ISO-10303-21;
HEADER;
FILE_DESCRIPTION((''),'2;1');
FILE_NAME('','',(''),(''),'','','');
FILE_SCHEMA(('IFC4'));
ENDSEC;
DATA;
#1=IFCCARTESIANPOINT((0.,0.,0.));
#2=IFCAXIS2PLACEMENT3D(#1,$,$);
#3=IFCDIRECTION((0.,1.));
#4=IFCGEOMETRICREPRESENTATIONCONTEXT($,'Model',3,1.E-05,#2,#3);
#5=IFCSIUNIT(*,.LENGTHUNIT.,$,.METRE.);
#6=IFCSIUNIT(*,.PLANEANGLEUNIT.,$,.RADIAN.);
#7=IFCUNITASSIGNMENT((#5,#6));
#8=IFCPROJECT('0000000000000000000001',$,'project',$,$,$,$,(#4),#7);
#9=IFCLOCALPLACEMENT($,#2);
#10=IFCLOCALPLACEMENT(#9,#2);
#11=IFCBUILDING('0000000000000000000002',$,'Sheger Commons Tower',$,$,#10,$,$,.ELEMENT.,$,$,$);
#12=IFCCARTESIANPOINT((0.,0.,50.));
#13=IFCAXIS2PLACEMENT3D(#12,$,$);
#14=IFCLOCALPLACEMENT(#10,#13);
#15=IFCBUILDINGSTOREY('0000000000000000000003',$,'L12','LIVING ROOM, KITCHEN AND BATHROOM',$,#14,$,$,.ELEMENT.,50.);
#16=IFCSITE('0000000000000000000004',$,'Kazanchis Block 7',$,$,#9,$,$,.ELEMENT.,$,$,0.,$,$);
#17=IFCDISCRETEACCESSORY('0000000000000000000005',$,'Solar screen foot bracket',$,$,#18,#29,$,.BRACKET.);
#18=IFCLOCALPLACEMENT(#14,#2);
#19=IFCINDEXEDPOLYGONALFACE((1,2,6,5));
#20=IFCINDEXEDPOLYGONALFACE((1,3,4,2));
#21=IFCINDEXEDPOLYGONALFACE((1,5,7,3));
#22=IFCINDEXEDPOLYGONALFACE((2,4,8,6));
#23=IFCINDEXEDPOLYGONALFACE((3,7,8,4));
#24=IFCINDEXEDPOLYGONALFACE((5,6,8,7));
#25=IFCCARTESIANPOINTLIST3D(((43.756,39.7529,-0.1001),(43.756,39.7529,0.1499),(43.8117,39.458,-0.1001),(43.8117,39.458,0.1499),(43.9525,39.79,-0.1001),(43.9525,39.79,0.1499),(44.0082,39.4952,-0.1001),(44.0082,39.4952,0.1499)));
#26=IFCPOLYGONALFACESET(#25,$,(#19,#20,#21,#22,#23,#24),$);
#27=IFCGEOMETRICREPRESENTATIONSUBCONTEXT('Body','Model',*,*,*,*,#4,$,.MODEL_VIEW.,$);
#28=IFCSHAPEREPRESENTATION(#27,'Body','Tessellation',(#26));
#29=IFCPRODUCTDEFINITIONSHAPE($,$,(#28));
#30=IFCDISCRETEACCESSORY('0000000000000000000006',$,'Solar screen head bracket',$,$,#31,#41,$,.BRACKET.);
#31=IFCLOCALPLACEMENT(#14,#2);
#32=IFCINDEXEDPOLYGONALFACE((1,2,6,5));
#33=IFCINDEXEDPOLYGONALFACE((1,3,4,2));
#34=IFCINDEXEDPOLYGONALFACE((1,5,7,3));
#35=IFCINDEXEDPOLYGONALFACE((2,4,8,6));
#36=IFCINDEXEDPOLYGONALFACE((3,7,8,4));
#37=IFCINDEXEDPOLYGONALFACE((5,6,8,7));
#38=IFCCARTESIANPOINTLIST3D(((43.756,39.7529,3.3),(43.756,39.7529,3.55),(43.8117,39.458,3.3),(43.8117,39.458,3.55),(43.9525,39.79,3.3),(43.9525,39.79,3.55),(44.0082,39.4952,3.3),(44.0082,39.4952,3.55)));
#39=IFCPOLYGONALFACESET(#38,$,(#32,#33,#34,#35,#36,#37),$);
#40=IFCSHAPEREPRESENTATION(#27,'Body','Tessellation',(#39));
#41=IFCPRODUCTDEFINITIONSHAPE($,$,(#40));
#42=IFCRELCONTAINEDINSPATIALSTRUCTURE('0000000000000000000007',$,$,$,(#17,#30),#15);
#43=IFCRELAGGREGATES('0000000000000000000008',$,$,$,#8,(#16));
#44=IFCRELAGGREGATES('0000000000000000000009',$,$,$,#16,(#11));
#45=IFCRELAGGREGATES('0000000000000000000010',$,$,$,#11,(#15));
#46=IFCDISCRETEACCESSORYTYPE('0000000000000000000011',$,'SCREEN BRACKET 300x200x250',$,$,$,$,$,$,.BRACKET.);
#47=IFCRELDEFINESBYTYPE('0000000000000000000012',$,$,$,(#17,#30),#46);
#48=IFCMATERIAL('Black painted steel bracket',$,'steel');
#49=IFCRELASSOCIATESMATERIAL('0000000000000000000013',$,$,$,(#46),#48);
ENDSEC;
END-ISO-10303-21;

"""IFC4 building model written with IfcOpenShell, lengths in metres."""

from ifc_helpers import new_model, si_unit, direction, frame, origin, origin_2d, place, context, subcontext, project, spatial, rectangle, extrude, material, type_object, element, save


model = new_model("IFC4")

# Units and contexts
model_context = context("Model", 3, precision=1e-05, world=origin(), true_north=direction((0.0, 1.0)))
body_context = subcontext(model_context, "Body", "Model", "MODEL_VIEW")
ifc_project = project(units=[si_unit("LENGTHUNIT", "METRE"), si_unit("PLANEANGLEUNIT", "RADIAN")], contexts=[model_context])

# Site, building, storey
site_placement = place(None, origin())
site = spatial("IfcSite", under=ifc_project, at=site_placement, Name="Kazanchis Block 7", CompositionType="ELEMENT", RefElevation=0.0)
building_placement = place(site_placement, origin())
building = spatial("IfcBuilding", under=site, at=building_placement, Name="Sheger Commons Tower", CompositionType="ELEMENT")
storey_placement = place(building_placement, frame((0.0, 0.0, 50.0)))
storey = spatial("IfcBuildingStorey", under=building, at=storey_placement, Name="L12", Description="LIVING ROOM, KITCHEN AND BATHROOM", CompositionType="ELEMENT", Elevation=50.0)

# Discrete accessories
ifc_material_1 = material(Name="Black painted steel bracket", Category="steel")
discrete_accessory_type = type_object("IfcDiscreteAccessoryType", Name="SCREEN BRACKET 300x200x250", PredefinedType="BRACKET", material=ifc_material_1)
for number, where, z_axis, x_axis, name in (
    (1, (43.8821, 39.624, -0.1001), (0.0, 0.0, 1.0), (-0.185615, 0.982623, 0.0), "Solar screen foot bracket"),
    (2, (43.8821, 39.624, 3.3), (0.0, 0.0, 1.0), (-0.185615, 0.982623, 0.0), "Solar screen head bracket"),
):
    element("IfcDiscreteAccessory", number, at=place(storey_placement, frame(where, z_axis=z_axis, x_axis=x_axis)), inside=storey, type_object=discrete_accessory_type, Name=name, PredefinedType="BRACKET", context=body_context, shape_type="SweptSolid", body=[
        extrude(rectangle(XDim=0.3, YDim=0.2, at=origin_2d()), origin(), (0.0, 0.0, 1.0), 0.25),
    ])

save(model, "model.ifc")
